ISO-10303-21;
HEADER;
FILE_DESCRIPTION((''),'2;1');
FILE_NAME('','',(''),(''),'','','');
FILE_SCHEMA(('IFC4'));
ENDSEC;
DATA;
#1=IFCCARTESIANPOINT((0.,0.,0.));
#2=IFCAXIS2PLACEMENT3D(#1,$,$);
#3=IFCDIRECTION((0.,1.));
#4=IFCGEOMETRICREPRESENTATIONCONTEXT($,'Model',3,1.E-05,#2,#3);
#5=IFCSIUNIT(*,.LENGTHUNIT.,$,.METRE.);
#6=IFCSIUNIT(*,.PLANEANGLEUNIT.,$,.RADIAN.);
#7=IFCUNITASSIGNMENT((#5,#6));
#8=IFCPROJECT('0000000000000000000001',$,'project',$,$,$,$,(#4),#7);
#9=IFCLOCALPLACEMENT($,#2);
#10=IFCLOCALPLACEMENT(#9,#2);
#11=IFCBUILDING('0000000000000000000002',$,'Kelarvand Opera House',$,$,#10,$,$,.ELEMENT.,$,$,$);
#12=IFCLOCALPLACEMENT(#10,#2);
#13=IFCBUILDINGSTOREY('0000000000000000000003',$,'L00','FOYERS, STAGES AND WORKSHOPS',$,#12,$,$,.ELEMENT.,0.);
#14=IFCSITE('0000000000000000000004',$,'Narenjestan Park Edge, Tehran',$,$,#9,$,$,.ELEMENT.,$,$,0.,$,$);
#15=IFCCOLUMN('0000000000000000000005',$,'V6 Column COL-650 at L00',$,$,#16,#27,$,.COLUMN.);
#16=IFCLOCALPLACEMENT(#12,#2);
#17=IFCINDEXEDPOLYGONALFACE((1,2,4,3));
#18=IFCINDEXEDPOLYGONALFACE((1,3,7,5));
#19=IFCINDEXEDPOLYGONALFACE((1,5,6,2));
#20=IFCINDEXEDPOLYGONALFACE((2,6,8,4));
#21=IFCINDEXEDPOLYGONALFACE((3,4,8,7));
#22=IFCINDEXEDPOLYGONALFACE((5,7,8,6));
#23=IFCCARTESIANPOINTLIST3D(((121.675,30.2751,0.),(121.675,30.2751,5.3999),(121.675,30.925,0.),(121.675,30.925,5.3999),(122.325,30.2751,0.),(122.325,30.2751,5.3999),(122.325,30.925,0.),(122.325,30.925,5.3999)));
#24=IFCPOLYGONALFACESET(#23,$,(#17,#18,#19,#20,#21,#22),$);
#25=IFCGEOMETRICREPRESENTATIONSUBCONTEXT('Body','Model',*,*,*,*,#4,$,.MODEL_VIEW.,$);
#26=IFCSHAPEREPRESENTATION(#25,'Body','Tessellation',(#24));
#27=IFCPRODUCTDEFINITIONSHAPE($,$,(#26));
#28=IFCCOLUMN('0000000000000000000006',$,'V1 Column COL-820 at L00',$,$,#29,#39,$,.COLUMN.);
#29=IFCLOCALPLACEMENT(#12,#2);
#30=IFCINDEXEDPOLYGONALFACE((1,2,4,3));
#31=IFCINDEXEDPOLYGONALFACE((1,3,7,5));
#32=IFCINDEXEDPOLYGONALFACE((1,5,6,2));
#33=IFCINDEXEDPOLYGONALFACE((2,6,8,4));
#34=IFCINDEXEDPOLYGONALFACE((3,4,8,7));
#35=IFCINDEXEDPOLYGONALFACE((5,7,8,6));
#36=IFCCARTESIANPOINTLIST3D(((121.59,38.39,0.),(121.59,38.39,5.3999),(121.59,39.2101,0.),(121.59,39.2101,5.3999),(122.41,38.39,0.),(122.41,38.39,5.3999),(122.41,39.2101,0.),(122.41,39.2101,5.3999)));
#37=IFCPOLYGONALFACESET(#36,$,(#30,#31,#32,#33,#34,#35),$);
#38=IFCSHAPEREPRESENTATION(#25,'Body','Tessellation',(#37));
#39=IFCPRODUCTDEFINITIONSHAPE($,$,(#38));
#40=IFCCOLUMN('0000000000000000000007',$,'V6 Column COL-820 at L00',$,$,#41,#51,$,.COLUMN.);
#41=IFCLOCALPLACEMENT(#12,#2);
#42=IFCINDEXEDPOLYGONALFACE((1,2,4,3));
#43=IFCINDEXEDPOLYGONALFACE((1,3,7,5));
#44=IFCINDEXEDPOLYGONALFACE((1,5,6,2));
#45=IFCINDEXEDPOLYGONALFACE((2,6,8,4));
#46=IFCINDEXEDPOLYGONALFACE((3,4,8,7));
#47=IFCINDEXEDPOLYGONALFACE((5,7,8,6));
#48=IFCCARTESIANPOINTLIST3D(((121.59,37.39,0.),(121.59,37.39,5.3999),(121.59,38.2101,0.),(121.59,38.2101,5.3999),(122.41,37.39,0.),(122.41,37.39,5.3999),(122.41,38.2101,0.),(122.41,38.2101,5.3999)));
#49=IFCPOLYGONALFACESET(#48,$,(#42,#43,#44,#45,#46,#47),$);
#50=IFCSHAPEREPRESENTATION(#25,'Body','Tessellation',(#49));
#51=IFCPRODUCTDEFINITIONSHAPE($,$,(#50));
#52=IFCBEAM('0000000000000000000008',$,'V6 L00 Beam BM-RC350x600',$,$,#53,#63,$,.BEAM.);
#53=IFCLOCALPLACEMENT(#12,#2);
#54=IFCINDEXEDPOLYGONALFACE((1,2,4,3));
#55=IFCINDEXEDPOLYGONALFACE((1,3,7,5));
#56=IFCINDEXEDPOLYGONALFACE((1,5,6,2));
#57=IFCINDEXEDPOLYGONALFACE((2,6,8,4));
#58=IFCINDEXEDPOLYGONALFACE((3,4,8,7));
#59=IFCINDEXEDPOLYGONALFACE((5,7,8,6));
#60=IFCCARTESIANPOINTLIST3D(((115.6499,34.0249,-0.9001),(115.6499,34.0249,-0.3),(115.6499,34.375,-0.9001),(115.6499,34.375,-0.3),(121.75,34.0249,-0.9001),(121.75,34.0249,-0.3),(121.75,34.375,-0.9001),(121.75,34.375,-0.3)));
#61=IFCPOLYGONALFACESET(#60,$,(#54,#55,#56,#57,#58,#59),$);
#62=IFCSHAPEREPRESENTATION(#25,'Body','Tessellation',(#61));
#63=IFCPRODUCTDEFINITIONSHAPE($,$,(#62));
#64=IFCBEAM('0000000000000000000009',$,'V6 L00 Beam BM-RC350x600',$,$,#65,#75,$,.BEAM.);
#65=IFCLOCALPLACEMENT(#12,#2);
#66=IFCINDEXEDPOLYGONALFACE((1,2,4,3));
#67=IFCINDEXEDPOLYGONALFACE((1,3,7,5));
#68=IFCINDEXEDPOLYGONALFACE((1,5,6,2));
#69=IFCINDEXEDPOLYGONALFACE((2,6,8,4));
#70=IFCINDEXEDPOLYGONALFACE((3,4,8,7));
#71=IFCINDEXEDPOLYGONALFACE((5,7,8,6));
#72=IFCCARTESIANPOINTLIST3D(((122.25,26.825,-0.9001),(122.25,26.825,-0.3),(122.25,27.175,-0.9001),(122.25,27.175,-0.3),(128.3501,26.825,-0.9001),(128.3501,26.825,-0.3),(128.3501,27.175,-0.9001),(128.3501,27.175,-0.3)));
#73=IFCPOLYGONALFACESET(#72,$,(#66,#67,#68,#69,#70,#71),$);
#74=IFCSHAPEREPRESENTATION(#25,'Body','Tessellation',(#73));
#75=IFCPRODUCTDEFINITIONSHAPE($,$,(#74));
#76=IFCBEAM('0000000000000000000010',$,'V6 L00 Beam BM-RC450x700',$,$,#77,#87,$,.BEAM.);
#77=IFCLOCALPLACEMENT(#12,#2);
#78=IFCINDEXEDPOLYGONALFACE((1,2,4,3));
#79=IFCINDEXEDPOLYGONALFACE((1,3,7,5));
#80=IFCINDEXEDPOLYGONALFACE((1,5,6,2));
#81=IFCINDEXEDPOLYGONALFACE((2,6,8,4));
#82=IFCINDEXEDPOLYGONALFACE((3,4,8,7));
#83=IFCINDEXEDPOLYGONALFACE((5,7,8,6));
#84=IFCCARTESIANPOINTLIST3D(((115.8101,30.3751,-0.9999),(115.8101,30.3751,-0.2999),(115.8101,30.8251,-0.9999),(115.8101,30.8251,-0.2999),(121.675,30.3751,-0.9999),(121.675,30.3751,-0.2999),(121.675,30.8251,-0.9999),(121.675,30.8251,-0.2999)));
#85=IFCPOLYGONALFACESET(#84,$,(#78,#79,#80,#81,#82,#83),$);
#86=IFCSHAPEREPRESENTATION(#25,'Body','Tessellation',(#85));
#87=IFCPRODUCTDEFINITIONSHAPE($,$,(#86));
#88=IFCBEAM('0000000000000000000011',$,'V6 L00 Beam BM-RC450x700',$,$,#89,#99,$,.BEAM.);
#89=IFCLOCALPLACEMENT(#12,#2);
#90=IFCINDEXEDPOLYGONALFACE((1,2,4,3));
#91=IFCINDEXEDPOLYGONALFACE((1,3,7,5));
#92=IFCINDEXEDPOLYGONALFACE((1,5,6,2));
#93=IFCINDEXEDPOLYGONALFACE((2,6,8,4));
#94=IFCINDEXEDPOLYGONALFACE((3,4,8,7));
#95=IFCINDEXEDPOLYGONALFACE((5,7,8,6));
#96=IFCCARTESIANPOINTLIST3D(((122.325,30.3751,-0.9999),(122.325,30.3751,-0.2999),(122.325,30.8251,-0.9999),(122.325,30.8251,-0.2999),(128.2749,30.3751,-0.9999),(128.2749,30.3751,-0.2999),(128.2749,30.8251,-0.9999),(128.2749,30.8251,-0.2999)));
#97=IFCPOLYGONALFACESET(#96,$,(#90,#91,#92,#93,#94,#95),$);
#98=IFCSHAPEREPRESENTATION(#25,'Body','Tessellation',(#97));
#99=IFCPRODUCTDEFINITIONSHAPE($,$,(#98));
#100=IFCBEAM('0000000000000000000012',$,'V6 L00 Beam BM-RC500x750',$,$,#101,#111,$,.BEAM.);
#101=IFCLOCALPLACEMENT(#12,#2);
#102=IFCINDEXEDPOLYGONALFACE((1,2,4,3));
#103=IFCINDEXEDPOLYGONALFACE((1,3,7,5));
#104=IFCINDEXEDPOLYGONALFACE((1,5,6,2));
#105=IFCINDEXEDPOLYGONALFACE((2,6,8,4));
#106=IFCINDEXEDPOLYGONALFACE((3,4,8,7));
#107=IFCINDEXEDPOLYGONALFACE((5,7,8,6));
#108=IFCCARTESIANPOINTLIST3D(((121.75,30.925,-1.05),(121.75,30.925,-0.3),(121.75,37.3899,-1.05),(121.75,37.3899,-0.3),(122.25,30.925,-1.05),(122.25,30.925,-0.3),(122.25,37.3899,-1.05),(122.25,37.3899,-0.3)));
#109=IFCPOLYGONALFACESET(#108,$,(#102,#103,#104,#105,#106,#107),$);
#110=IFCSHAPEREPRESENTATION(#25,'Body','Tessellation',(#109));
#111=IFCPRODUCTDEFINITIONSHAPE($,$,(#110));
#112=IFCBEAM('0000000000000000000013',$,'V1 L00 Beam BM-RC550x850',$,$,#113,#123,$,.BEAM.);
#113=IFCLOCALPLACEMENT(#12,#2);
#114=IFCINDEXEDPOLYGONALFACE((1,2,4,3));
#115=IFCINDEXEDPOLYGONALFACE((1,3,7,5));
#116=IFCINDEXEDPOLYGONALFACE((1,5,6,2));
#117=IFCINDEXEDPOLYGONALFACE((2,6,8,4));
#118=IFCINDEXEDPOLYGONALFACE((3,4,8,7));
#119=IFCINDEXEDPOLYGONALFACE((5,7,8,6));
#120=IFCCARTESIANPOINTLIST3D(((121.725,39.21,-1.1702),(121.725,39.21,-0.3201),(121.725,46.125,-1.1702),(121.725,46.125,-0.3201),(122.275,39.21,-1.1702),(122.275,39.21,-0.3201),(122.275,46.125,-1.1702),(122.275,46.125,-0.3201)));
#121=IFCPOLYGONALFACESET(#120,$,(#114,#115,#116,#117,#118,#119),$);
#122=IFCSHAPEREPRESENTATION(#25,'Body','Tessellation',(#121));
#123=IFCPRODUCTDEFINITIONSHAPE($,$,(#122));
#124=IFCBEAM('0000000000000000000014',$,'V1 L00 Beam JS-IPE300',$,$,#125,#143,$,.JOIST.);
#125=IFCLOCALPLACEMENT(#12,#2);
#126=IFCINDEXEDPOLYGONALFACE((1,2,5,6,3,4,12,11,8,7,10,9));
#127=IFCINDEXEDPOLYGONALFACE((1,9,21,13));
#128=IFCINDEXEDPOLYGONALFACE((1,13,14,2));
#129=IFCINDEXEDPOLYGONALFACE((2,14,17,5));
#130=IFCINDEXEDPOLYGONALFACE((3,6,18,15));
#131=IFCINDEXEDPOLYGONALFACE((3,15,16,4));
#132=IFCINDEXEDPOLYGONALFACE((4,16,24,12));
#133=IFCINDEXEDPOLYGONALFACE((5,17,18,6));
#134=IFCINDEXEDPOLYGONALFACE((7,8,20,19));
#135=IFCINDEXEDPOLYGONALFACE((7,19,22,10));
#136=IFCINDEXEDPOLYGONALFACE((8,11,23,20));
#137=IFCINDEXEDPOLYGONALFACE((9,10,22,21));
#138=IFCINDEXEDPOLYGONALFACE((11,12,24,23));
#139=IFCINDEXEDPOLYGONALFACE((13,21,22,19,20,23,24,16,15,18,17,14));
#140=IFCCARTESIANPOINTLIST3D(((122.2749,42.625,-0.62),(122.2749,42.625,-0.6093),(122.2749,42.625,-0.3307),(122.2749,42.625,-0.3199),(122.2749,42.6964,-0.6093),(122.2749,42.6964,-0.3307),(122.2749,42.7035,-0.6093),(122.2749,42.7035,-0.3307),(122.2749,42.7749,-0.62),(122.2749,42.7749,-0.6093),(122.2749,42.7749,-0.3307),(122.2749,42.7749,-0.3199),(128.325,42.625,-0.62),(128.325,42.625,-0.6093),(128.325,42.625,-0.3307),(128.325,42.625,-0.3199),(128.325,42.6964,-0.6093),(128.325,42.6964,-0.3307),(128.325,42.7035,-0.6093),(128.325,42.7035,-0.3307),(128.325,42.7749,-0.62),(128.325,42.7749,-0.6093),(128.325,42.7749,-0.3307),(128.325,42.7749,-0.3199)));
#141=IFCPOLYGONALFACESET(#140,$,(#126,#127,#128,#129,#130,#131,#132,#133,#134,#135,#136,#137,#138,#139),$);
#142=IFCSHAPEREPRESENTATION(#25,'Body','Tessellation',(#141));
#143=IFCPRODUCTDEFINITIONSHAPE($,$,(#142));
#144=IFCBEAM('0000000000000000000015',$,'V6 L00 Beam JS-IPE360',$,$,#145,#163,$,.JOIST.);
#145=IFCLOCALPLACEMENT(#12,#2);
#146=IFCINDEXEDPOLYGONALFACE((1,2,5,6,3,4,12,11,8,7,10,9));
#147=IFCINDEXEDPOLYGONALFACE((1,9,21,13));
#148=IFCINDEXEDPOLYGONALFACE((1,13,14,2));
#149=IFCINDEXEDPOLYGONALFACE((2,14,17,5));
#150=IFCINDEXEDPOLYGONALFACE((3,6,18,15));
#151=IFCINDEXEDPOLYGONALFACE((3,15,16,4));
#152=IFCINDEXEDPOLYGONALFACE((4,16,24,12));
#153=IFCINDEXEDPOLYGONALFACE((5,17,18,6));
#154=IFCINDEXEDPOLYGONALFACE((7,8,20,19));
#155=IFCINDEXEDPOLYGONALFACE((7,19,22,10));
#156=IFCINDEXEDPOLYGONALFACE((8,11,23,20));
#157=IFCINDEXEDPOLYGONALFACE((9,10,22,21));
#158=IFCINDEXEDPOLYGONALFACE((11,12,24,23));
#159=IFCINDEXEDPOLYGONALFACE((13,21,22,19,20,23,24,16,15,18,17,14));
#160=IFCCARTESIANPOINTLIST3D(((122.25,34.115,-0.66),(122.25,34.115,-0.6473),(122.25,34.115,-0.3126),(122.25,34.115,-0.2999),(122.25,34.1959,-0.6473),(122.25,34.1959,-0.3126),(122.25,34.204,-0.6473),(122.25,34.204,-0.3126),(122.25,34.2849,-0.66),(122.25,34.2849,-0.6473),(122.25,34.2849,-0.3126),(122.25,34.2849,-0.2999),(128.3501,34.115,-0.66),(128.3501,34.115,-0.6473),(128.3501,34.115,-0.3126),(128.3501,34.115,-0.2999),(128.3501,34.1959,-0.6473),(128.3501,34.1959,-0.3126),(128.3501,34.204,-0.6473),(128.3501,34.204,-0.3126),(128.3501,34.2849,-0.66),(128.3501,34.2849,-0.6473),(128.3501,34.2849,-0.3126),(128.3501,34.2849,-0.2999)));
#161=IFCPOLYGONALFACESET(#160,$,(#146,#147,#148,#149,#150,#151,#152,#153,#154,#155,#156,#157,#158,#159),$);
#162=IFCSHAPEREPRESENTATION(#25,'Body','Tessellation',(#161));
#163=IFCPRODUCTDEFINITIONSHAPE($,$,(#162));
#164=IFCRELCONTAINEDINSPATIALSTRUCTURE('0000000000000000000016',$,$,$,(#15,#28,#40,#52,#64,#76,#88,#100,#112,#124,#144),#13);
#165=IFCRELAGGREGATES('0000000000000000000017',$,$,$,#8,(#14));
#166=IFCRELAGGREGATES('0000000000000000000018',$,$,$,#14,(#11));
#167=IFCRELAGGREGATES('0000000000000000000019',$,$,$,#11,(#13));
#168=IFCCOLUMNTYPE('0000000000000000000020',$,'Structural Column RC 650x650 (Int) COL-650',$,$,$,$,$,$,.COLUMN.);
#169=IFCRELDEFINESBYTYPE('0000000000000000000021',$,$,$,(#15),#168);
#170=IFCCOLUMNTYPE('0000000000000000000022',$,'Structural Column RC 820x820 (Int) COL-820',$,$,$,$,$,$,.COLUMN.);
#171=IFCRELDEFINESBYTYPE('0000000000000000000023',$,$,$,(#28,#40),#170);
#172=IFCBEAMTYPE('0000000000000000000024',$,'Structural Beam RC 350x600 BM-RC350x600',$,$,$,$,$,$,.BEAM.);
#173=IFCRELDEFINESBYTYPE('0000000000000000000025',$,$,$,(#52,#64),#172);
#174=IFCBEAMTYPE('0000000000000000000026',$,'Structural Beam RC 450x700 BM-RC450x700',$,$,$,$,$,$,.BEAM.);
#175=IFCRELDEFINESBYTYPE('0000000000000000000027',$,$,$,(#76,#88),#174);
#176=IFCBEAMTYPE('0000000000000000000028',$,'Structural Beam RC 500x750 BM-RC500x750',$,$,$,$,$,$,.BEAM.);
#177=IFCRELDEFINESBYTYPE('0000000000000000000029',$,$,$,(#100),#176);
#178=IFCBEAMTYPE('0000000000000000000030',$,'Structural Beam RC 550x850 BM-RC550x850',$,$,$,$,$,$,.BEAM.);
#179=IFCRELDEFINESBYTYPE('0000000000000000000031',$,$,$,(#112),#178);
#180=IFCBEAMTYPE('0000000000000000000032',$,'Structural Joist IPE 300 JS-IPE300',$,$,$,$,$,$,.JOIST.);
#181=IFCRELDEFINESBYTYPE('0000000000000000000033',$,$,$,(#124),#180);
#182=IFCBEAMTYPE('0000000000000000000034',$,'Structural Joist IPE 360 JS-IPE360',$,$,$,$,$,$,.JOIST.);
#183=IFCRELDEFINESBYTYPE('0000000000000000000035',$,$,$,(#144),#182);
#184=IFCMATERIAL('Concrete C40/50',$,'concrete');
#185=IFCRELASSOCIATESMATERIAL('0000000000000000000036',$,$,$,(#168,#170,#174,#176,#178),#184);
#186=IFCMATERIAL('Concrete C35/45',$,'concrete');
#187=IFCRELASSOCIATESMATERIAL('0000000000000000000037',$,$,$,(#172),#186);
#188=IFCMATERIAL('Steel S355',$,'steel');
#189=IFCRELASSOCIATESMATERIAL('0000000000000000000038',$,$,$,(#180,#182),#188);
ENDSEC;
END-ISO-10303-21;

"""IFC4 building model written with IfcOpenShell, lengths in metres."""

from ifc_helpers import new_model, si_unit, direction, frame, origin, origin_2d, place, context, subcontext, project, spatial, rectangle, i_section, extrude, material, material_profile, profile_set, type_object, element, save


model = new_model("IFC4")

# Units and contexts
model_context = context("Model", 3, precision=1e-05, world=origin(), true_north=direction((0.0, 1.0)))
body_context = subcontext(model_context, "Body", "Model", "MODEL_VIEW")
ifc_project = project(units=[si_unit("LENGTHUNIT", "METRE"), si_unit("PLANEANGLEUNIT", "RADIAN")], contexts=[model_context])

# Site, building, storey
site_placement = place(None, origin())
site = spatial("IfcSite", under=ifc_project, at=site_placement, Name="Narenjestan Park Edge, Tehran", CompositionType="ELEMENT", RefElevation=0.0)
building_placement = place(site_placement, origin())
building = spatial("IfcBuilding", under=site, at=building_placement, Name="Kelarvand Opera House", CompositionType="ELEMENT")
storey_placement = place(building_placement, origin())
storey = spatial("IfcBuildingStorey", under=building, at=storey_placement, Name="L00", Description="FOYERS, STAGES AND WORKSHOPS", CompositionType="ELEMENT", Elevation=0.0)

# Columns
ifc_material_1 = material(Name="Concrete C40/50", Category="concrete")
ifc_material_profile_1 = material_profile(ifc_material_1, rectangle(XDim=0.6499, YDim=0.6499, at=origin_2d()), Name="RC 650x650", Category="concrete")
ifc_profile_set_1 = profile_set([ifc_material_profile_1], Name="Concrete C40/50")
column_type_1 = type_object("IfcColumnType", Name="Structural Column RC 650x650 (Int) COL-650", PredefinedType="COLUMN", material=ifc_profile_set_1)
column_placement = place(storey_placement, frame((122.0, 30.6001, 0.0), z_axis=(0.0, 0.0, 1.0), x_axis=(1.0, 0.0, 0.0)))
element("IfcColumn", 1, at=column_placement, inside=storey, type_object=column_type_1, Name="V6 Column COL-650 at L00", PredefinedType="COLUMN", context=body_context, shape_type="SweptSolid", body=[
    extrude(rectangle(XDim=0.6499, YDim=0.6499, at=origin_2d()), origin(), (0.0, 0.0, 1.0), 5.3999),
])
ifc_material_profile_2 = material_profile(ifc_material_1, rectangle(XDim=0.8201, YDim=0.8201, at=origin_2d()), Name="RC 820x820", Category="concrete")
ifc_profile_set_2 = profile_set([ifc_material_profile_2], Name="Concrete C40/50")
column_type_2 = type_object("IfcColumnType", Name="Structural Column RC 820x820 (Int) COL-820", PredefinedType="COLUMN", material=ifc_profile_set_2)
for number, where, z_axis, x_axis, name in (
    (2, (122.0, 38.8, 0.0), (0.0, 0.0, 1.0), (1.0, 0.0, 0.0), "V1 Column COL-820 at L00"),
    (3, (122.0, 37.8, 0.0), (0.0, 0.0, 1.0), (1.0, 0.0, 0.0), "V6 Column COL-820 at L00"),
):
    element("IfcColumn", number, at=place(storey_placement, frame(where, z_axis=z_axis, x_axis=x_axis)), inside=storey, type_object=column_type_2, Name=name, PredefinedType="COLUMN", context=body_context, shape_type="SweptSolid", body=[
        extrude(rectangle(XDim=0.8201, YDim=0.8201, at=origin_2d()), origin(), (0.0, 0.0, 1.0), 5.3999),
    ])

# Beams
ifc_material_2 = material(Name="Concrete C35/45", Category="concrete")
ifc_material_profile_3 = material_profile(ifc_material_2, rectangle(XDim=0.3501, YDim=0.6001, at=origin_2d()), Name="RC 350x600", Category="concrete")
ifc_profile_set_3 = profile_set([ifc_material_profile_3], Name="Concrete C35/45")
beam_type_1 = type_object("IfcBeamType", Name="Structural Beam RC 350x600 BM-RC350x600", PredefinedType="BEAM", material=ifc_profile_set_3)
for number, where, z_axis, x_axis, name in (
    (4, (115.6499, 34.2, -0.6001), (1.0, 0.0, 0.0), (0.0, 1.0, 0.0), "V6 L00 Beam BM-RC350x600"),
    (5, (122.25, 27.0, -0.6001), (1.0, 0.0, 0.0), (0.0, 1.0, 0.0), "V6 L00 Beam BM-RC350x600"),
):
    element("IfcBeam", number, at=place(storey_placement, frame(where, z_axis=z_axis, x_axis=x_axis)), inside=storey, type_object=beam_type_1, Name=name, PredefinedType="BEAM", context=body_context, shape_type="SweptSolid", body=[
        extrude(rectangle(XDim=0.3501, YDim=0.6001, at=origin_2d()), origin(), (0.0, 0.0, 1.0), 6.1001),
    ])
ifc_material_profile_4 = material_profile(ifc_material_1, rectangle(XDim=0.45, YDim=0.7, at=origin_2d()), Name="RC 450x700", Category="concrete")
ifc_profile_set_4 = profile_set([ifc_material_profile_4], Name="Concrete C40/50")
beam_type_2 = type_object("IfcBeamType", Name="Structural Beam RC 450x700 BM-RC450x700", PredefinedType="BEAM", material=ifc_profile_set_4)
beam_1_placement = place(storey_placement, frame((115.8101, 30.6001, -0.6499), z_axis=(1.0, 0.0, 0.0), x_axis=(0.0, 1.0, 0.0)))
element("IfcBeam", 6, at=beam_1_placement, inside=storey, type_object=beam_type_2, Name="V6 L00 Beam BM-RC450x700", PredefinedType="BEAM", context=body_context, shape_type="SweptSolid", body=[
    extrude(rectangle(XDim=0.45, YDim=0.7, at=origin_2d()), origin(), (0.0, 0.0, 1.0), 5.865),
])
beam_2_placement = place(storey_placement, frame((122.325, 30.6001, -0.6499), z_axis=(1.0, 0.0, 0.0), x_axis=(0.0, 1.0, 0.0)))
element("IfcBeam", 7, at=beam_2_placement, inside=storey, type_object=beam_type_2, Name="V6 L00 Beam BM-RC450x700", PredefinedType="BEAM", context=body_context, shape_type="SweptSolid", body=[
    extrude(rectangle(XDim=0.45, YDim=0.7, at=origin_2d()), origin(), (0.0, 0.0, 1.0), 5.95),
])
ifc_material_profile_5 = material_profile(ifc_material_1, rectangle(XDim=0.5, YDim=0.75, at=origin_2d()), Name="RC 500x750", Category="concrete")
ifc_profile_set_5 = profile_set([ifc_material_profile_5], Name="Concrete C40/50")
beam_type_3 = type_object("IfcBeamType", Name="Structural Beam RC 500x750 BM-RC500x750", PredefinedType="BEAM", material=ifc_profile_set_5)
beam_3_placement = place(storey_placement, frame((122.0, 30.925, -0.675), z_axis=(0.0, 1.0, 0.0), x_axis=(-1.0, 0.0, 0.0)))
element("IfcBeam", 8, at=beam_3_placement, inside=storey, type_object=beam_type_3, Name="V6 L00 Beam BM-RC500x750", PredefinedType="BEAM", context=body_context, shape_type="SweptSolid", body=[
    extrude(rectangle(XDim=0.5, YDim=0.75, at=origin_2d()), origin(), (0.0, 0.0, 1.0), 6.4648),
])
ifc_material_profile_6 = material_profile(ifc_material_1, rectangle(XDim=0.55, YDim=0.8501, at=origin_2d()), Name="RC 550x850", Category="concrete")
ifc_profile_set_6 = profile_set([ifc_material_profile_6], Name="Concrete C40/50")
beam_type_4 = type_object("IfcBeamType", Name="Structural Beam RC 550x850 BM-RC550x850", PredefinedType="BEAM", material=ifc_profile_set_6)
beam_4_placement = place(storey_placement, frame((122.0, 39.21, -0.7451), z_axis=(0.0, 1.0, 0.0), x_axis=(-1.0, 0.0, 0.0)))
element("IfcBeam", 9, at=beam_4_placement, inside=storey, type_object=beam_type_4, Name="V1 L00 Beam BM-RC550x850", PredefinedType="BEAM", context=body_context, shape_type="SweptSolid", body=[
    extrude(rectangle(XDim=0.55, YDim=0.8501, at=origin_2d()), origin(), (0.0, 0.0, 1.0), 6.915),
])
ifc_material_3 = material(Name="Steel S355", Category="steel")
ifc_material_profile_7 = material_profile(ifc_material_3, i_section(OverallWidth=0.1499, OverallDepth=0.3, WebThickness=0.0071, FlangeThickness=0.0107, at=origin_2d()), Name="IPE 300", Category="steel")
ifc_profile_set_7 = profile_set([ifc_material_profile_7], Name="Steel S355")
beam_type_5 = type_object("IfcBeamType", Name="Structural Joist IPE 300 JS-IPE300", PredefinedType="JOIST", material=ifc_profile_set_7)
beam_5_placement = place(storey_placement, frame((122.2749, 42.7, -0.47), z_axis=(1.0, 0.0, 0.0), x_axis=(0.0, 1.0, 0.0)))
element("IfcBeam", 10, at=beam_5_placement, inside=storey, type_object=beam_type_5, Name="V1 L00 Beam JS-IPE300", PredefinedType="JOIST", context=body_context, shape_type="SweptSolid", body=[
    extrude(i_section(OverallWidth=0.1499, OverallDepth=0.3, WebThickness=0.0071, FlangeThickness=0.0107, at=origin_2d()), origin(), (0.0, 0.0, 1.0), 6.05),
])
ifc_material_profile_8 = material_profile(ifc_material_3, i_section(OverallWidth=0.1699, OverallDepth=0.3601, WebThickness=0.0081, FlangeThickness=0.0127, at=origin_2d()), Name="IPE 360", Category="steel")
ifc_profile_set_8 = profile_set([ifc_material_profile_8], Name="Steel S355")
beam_type_6 = type_object("IfcBeamType", Name="Structural Joist IPE 360 JS-IPE360", PredefinedType="JOIST", material=ifc_profile_set_8)
beam_6_placement = place(storey_placement, frame((122.25, 34.2, -0.48), z_axis=(1.0, 0.0, 0.0), x_axis=(0.0, 1.0, 0.0)))
element("IfcBeam", 11, at=beam_6_placement, inside=storey, type_object=beam_type_6, Name="V6 L00 Beam JS-IPE360", PredefinedType="JOIST", context=body_context, shape_type="SweptSolid", body=[
    extrude(i_section(OverallWidth=0.1699, OverallDepth=0.3601, WebThickness=0.0081, FlangeThickness=0.0127, at=origin_2d()), origin(), (0.0, 0.0, 1.0), 6.1001),
])

save(model, "model.ifc")
